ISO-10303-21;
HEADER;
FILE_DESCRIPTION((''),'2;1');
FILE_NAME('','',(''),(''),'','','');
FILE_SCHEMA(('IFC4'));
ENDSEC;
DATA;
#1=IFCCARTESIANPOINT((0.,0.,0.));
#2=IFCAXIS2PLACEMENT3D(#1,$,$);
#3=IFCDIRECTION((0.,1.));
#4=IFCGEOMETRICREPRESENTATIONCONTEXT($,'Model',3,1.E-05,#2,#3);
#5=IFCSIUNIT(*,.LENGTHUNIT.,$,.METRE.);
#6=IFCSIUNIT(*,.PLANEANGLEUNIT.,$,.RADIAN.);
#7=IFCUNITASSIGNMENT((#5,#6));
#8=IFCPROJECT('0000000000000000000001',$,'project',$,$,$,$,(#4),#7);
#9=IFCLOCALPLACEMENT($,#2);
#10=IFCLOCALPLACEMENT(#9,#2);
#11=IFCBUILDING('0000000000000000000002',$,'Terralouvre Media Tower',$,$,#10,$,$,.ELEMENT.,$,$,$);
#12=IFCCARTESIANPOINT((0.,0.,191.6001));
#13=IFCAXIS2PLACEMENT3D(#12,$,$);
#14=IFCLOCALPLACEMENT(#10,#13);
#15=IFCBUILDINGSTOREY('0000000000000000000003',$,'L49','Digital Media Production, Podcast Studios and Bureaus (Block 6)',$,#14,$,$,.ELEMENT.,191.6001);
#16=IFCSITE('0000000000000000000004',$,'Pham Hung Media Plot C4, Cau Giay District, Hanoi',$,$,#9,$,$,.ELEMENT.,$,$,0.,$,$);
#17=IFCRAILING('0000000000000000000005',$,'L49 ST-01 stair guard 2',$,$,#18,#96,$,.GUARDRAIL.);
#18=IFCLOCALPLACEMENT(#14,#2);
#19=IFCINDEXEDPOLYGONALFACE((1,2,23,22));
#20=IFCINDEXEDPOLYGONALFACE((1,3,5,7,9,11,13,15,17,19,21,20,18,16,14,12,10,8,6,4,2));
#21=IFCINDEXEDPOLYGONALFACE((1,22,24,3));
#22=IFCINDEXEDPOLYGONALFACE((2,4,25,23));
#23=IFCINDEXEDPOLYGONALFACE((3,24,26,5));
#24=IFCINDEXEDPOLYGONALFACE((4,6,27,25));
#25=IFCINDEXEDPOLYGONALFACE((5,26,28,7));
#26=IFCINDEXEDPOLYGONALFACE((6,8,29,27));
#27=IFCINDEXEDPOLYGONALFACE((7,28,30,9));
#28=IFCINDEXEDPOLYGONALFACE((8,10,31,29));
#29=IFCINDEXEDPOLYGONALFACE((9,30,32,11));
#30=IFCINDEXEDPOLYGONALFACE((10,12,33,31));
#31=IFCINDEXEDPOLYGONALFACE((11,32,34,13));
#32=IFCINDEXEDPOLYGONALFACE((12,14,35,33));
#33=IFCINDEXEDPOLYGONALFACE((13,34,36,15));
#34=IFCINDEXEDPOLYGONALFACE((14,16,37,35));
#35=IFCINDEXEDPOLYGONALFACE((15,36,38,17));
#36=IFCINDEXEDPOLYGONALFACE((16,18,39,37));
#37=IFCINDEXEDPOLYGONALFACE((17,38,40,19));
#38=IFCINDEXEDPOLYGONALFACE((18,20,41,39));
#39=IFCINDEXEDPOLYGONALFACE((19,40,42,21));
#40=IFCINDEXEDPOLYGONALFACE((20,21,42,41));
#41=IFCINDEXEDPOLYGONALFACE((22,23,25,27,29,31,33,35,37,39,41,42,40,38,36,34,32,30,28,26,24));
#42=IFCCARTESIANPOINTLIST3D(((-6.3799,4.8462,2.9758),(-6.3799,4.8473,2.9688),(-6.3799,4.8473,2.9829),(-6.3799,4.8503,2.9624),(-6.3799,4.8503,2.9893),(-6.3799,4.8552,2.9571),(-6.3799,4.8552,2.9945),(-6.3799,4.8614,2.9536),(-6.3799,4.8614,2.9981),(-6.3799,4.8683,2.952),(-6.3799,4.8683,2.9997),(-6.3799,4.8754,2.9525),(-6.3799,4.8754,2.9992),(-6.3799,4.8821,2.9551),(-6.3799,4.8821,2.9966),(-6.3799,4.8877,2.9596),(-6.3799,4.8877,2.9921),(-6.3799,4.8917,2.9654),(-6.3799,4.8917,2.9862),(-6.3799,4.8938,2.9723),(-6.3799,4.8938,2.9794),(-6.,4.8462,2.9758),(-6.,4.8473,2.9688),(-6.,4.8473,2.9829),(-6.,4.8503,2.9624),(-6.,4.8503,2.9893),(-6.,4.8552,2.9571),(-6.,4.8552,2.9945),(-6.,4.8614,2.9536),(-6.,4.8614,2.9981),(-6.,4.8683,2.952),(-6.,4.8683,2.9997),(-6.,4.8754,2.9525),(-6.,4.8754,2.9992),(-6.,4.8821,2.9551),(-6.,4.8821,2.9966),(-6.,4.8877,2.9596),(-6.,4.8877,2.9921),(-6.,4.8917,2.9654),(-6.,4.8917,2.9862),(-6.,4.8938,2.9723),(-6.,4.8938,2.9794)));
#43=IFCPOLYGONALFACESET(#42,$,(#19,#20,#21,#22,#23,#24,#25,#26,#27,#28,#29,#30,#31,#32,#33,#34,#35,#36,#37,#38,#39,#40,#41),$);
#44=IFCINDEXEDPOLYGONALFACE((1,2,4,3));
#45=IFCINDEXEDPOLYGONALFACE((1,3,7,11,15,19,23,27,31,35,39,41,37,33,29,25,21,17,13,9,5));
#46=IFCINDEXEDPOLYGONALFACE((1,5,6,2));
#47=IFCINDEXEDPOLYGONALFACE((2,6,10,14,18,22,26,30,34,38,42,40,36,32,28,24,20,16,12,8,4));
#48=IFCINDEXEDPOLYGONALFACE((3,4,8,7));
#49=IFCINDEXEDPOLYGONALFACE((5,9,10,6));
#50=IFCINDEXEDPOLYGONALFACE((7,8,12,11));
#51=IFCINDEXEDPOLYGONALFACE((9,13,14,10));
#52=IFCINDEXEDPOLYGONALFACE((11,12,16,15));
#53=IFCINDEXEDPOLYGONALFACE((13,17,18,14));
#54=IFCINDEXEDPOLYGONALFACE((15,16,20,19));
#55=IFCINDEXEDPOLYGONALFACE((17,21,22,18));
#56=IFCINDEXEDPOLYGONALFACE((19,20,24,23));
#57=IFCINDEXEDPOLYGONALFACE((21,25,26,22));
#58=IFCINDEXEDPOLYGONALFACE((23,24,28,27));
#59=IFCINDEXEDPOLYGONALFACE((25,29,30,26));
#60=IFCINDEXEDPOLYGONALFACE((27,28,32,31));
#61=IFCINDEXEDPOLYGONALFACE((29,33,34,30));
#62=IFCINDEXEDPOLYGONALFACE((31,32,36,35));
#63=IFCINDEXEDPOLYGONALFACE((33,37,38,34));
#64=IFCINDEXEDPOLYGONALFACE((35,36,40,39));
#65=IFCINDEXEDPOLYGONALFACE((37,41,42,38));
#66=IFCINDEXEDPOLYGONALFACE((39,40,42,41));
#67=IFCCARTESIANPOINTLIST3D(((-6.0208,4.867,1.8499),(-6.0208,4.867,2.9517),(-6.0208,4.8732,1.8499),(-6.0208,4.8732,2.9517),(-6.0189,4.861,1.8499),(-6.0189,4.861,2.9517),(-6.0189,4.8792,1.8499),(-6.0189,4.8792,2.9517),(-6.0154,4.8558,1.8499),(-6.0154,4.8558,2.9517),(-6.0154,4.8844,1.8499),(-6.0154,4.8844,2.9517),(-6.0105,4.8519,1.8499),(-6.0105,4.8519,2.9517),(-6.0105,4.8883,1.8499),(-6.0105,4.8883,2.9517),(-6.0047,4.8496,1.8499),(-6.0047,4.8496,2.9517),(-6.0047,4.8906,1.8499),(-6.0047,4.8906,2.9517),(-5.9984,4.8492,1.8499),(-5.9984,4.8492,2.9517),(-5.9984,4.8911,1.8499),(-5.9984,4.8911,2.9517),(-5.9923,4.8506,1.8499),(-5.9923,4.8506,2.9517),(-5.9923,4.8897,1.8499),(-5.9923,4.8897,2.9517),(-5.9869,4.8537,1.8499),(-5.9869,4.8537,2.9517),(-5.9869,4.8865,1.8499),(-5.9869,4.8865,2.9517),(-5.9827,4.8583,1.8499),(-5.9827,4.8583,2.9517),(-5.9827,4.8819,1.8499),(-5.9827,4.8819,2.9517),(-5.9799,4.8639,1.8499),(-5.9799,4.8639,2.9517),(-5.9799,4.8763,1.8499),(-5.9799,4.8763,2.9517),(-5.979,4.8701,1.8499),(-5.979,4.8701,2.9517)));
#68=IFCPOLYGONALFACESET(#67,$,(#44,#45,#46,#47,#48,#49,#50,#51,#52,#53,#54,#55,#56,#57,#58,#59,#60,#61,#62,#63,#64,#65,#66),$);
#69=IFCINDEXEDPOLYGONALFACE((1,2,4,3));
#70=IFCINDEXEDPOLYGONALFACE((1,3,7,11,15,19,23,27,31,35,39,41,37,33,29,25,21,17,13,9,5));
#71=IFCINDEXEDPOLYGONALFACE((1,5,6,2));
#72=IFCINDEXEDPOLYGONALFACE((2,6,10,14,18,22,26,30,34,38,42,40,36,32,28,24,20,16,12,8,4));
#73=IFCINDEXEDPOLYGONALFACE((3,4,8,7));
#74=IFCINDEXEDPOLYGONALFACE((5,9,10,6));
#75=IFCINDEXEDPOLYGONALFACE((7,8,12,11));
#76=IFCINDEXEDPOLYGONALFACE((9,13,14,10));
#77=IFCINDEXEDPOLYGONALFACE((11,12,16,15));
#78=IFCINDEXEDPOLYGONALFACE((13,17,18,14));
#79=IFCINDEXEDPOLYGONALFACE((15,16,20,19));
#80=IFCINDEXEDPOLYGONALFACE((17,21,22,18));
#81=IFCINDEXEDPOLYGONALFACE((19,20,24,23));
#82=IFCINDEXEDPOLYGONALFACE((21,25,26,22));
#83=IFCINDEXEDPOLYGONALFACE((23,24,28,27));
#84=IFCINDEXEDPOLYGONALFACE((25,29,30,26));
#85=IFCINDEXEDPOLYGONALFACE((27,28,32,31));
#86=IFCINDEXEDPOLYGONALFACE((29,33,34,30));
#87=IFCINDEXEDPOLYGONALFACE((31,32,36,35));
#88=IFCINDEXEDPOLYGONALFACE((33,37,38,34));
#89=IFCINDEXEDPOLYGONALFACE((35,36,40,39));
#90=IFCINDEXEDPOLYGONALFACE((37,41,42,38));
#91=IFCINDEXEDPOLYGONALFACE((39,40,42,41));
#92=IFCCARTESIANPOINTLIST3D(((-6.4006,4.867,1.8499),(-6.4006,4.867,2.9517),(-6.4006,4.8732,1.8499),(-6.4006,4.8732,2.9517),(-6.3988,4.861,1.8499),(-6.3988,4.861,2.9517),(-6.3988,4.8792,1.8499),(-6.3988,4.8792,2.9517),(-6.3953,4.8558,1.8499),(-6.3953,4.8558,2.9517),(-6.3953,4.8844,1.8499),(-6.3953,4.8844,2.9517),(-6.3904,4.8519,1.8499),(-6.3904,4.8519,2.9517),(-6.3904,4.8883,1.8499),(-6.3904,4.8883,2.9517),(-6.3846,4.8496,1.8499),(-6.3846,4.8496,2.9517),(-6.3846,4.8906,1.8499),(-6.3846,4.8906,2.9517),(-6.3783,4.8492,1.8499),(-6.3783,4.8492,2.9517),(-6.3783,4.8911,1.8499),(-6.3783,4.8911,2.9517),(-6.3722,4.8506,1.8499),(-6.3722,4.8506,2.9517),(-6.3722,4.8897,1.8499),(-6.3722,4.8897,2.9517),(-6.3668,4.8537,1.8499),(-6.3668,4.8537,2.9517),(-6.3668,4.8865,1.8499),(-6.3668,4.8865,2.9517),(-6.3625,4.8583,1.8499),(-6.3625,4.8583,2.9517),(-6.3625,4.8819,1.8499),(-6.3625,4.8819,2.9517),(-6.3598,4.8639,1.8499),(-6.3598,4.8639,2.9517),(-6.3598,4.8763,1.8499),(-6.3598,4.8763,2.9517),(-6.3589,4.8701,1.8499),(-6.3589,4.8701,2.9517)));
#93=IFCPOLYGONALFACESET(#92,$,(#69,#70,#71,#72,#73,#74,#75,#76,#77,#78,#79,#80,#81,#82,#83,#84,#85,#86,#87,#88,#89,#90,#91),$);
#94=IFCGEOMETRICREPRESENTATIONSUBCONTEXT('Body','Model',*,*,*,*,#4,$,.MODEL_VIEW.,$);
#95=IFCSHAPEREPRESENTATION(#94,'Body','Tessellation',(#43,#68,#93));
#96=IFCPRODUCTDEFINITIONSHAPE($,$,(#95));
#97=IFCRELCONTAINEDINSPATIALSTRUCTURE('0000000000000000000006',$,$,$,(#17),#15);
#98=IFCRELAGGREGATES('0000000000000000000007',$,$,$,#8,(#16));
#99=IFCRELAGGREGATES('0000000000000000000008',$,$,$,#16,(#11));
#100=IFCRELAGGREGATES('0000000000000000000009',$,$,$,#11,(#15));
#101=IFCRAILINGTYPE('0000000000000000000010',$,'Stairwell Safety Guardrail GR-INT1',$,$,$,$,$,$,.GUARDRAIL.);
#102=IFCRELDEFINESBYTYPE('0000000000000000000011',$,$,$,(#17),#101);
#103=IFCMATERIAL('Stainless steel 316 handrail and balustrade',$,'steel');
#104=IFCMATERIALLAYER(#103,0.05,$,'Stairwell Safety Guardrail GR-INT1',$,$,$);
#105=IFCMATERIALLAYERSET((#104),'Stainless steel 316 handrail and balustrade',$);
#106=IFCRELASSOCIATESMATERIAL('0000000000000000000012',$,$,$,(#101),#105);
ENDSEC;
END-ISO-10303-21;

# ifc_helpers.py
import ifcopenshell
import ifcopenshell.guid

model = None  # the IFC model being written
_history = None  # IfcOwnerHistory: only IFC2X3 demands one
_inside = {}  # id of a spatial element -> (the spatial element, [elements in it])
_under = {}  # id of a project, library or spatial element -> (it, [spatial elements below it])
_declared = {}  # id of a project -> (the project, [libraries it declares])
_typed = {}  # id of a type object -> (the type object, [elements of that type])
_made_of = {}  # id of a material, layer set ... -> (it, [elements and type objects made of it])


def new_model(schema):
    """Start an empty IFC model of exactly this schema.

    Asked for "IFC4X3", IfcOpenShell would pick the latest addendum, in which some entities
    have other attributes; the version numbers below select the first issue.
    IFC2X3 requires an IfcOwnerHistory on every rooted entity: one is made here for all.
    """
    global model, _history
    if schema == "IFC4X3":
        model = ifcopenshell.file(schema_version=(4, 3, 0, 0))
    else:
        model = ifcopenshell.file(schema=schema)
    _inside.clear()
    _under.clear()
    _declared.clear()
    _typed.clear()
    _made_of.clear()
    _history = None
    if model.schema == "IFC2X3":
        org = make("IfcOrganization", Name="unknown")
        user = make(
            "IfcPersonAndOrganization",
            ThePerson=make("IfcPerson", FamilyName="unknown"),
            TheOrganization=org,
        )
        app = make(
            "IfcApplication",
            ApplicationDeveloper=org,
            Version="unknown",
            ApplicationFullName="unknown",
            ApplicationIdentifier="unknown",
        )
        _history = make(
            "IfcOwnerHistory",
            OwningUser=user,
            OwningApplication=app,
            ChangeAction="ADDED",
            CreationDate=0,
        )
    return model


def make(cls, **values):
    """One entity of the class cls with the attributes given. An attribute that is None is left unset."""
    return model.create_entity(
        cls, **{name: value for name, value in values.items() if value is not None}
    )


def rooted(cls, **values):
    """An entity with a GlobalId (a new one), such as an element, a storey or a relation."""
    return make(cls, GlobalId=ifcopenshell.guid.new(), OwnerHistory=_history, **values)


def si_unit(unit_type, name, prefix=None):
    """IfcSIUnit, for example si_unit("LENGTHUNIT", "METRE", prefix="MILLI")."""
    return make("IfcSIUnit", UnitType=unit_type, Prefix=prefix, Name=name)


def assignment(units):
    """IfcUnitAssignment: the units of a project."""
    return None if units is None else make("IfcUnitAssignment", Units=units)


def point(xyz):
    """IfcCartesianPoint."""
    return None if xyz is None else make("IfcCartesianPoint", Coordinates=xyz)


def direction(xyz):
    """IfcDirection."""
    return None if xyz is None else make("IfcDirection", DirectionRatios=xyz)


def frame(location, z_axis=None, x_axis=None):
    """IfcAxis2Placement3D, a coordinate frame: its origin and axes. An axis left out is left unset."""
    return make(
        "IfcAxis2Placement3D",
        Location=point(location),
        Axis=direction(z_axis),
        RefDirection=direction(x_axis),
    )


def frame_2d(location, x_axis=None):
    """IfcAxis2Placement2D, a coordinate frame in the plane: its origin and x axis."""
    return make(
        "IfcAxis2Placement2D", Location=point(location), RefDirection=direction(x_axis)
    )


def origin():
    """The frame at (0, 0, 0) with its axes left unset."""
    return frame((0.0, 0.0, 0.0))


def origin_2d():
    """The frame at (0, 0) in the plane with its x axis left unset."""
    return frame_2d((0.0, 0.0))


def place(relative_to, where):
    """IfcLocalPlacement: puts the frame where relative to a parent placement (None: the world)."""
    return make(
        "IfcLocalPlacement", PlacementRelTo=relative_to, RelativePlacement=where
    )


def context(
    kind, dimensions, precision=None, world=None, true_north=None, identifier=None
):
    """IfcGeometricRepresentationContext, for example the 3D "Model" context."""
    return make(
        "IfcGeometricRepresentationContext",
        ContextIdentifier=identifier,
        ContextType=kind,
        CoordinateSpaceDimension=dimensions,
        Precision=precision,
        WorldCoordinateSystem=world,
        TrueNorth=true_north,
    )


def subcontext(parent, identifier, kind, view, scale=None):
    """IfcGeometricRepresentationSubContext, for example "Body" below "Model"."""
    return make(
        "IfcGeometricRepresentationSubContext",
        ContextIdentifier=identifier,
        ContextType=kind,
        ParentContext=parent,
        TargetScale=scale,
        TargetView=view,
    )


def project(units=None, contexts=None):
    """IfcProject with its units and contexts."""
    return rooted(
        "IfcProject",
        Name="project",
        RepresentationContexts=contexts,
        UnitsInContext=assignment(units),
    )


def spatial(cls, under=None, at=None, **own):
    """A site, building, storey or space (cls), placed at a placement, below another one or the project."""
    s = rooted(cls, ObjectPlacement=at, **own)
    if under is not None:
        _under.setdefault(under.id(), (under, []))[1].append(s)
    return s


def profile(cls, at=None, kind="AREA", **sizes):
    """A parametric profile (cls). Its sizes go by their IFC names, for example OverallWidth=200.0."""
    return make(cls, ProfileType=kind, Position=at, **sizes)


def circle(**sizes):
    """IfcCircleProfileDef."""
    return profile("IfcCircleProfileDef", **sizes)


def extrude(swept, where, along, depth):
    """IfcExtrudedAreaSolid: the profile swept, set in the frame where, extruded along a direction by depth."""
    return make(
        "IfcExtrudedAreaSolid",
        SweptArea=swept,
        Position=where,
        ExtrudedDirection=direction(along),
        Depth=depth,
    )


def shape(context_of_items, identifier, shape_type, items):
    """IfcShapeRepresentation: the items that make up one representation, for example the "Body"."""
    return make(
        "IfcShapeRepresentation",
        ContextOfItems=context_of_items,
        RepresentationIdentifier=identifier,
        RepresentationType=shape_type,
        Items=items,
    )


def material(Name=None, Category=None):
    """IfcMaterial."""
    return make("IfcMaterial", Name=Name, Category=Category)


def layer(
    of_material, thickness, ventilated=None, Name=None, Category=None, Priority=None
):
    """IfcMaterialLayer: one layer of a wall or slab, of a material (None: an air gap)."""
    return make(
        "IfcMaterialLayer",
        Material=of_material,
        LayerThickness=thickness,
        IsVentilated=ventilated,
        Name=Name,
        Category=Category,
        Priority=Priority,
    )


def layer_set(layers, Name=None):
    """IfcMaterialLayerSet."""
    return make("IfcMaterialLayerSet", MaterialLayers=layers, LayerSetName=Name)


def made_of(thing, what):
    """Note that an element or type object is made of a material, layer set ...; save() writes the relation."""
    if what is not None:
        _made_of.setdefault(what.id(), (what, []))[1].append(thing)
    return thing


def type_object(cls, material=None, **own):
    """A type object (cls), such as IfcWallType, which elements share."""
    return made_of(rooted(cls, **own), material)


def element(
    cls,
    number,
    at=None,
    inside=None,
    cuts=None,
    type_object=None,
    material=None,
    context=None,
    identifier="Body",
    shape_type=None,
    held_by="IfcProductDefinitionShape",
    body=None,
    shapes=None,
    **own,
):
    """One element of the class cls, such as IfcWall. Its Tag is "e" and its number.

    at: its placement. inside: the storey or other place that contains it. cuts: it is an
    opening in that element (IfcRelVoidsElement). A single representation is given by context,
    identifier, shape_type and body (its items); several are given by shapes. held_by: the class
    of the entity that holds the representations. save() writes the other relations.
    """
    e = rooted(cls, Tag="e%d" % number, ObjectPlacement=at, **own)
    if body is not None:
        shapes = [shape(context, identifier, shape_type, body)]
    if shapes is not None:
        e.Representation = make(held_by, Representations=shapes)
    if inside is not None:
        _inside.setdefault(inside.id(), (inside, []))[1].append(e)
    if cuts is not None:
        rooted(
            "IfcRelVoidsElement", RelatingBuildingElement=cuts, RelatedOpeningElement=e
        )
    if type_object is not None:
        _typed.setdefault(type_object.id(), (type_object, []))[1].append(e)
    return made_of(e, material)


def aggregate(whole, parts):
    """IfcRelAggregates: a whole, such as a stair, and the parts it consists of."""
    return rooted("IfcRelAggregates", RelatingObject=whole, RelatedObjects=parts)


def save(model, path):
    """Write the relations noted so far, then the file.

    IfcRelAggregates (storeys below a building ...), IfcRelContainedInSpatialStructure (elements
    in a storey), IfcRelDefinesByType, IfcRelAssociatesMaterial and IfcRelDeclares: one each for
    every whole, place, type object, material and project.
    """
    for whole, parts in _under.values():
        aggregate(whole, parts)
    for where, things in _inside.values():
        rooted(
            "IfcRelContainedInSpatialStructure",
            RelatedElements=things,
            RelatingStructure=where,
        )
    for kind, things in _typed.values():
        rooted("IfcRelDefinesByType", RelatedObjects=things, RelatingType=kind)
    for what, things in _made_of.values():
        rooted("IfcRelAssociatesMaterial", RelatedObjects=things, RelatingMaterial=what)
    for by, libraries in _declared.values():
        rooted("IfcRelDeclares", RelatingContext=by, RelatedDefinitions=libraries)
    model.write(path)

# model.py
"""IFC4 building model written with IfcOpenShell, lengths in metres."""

from ifc_helpers import new_model, si_unit, direction, frame, origin, origin_2d, place, context, subcontext, project, spatial, circle, extrude, material, layer, layer_set, type_object, element, save


model = new_model("IFC4")

# Units and contexts
model_context = context("Model", 3, precision=1e-05, world=origin(), true_north=direction((0.0, 1.0)))
body_context = subcontext(model_context, "Body", "Model", "MODEL_VIEW")
ifc_project = project(units=[si_unit("LENGTHUNIT", "METRE"), si_unit("PLANEANGLEUNIT", "RADIAN")], contexts=[model_context])

# Site, building, storey
site_placement = place(None, origin())
site = spatial("IfcSite", under=ifc_project, at=site_placement, Name="Pham Hung Media Plot C4, Cau Giay District, Hanoi", CompositionType="ELEMENT", RefElevation=0.0)
building_placement = place(site_placement, origin())
building = spatial("IfcBuilding", under=site, at=building_placement, Name="Terralouvre Media Tower", CompositionType="ELEMENT")
storey_placement = place(building_placement, frame((0.0, 0.0, 191.6001)))
storey = spatial("IfcBuildingStorey", under=building, at=storey_placement, Name="L49", Description="Digital Media Production, Podcast Studios and Bureaus (Block 6)", CompositionType="ELEMENT", Elevation=191.6001)

# Railing
ifc_material_1 = material(Name="Stainless steel 316 handrail and balustrade", Category="steel")
ifc_layer_1 = layer(ifc_material_1, 0.05, Name="Stairwell Safety Guardrail GR-INT1")
ifc_layer_set_1 = layer_set([ifc_layer_1], Name="Stainless steel 316 handrail and balustrade")
railing_type_1 = type_object("IfcRailingType", Name="Stairwell Safety Guardrail GR-INT1", PredefinedType="GUARDRAIL", material=ifc_layer_set_1)
railing_1_placement = place(storey_placement, frame((-6.0, 4.8701, 1.8499)))
element("IfcRailing", 1, at=railing_1_placement, inside=storey, type_object=railing_type_1, Name="L49 ST-01 stair guard 2", PredefinedType="GUARDRAIL", context=body_context, shape_type="SweptSolid", body=[
    extrude(circle(Radius=0.0239, at=origin_2d()), frame((0.0, 0.0, 1.126), z_axis=(-1.0, 0.0, 0.0), x_axis=(0.0, -1.0, 0.0)), (0.0, 0.0, 1.0), 0.3799),
    extrude(circle(Radius=0.021, at=origin_2d()), origin(), (0.0, 0.0, 1.0), 1.1018),
    extrude(circle(Radius=0.021, at=origin_2d()), frame((-0.3799, 0.0, 0.0)), (0.0, 0.0, 1.0), 1.1018),
])

save(model, "model.ifc")
